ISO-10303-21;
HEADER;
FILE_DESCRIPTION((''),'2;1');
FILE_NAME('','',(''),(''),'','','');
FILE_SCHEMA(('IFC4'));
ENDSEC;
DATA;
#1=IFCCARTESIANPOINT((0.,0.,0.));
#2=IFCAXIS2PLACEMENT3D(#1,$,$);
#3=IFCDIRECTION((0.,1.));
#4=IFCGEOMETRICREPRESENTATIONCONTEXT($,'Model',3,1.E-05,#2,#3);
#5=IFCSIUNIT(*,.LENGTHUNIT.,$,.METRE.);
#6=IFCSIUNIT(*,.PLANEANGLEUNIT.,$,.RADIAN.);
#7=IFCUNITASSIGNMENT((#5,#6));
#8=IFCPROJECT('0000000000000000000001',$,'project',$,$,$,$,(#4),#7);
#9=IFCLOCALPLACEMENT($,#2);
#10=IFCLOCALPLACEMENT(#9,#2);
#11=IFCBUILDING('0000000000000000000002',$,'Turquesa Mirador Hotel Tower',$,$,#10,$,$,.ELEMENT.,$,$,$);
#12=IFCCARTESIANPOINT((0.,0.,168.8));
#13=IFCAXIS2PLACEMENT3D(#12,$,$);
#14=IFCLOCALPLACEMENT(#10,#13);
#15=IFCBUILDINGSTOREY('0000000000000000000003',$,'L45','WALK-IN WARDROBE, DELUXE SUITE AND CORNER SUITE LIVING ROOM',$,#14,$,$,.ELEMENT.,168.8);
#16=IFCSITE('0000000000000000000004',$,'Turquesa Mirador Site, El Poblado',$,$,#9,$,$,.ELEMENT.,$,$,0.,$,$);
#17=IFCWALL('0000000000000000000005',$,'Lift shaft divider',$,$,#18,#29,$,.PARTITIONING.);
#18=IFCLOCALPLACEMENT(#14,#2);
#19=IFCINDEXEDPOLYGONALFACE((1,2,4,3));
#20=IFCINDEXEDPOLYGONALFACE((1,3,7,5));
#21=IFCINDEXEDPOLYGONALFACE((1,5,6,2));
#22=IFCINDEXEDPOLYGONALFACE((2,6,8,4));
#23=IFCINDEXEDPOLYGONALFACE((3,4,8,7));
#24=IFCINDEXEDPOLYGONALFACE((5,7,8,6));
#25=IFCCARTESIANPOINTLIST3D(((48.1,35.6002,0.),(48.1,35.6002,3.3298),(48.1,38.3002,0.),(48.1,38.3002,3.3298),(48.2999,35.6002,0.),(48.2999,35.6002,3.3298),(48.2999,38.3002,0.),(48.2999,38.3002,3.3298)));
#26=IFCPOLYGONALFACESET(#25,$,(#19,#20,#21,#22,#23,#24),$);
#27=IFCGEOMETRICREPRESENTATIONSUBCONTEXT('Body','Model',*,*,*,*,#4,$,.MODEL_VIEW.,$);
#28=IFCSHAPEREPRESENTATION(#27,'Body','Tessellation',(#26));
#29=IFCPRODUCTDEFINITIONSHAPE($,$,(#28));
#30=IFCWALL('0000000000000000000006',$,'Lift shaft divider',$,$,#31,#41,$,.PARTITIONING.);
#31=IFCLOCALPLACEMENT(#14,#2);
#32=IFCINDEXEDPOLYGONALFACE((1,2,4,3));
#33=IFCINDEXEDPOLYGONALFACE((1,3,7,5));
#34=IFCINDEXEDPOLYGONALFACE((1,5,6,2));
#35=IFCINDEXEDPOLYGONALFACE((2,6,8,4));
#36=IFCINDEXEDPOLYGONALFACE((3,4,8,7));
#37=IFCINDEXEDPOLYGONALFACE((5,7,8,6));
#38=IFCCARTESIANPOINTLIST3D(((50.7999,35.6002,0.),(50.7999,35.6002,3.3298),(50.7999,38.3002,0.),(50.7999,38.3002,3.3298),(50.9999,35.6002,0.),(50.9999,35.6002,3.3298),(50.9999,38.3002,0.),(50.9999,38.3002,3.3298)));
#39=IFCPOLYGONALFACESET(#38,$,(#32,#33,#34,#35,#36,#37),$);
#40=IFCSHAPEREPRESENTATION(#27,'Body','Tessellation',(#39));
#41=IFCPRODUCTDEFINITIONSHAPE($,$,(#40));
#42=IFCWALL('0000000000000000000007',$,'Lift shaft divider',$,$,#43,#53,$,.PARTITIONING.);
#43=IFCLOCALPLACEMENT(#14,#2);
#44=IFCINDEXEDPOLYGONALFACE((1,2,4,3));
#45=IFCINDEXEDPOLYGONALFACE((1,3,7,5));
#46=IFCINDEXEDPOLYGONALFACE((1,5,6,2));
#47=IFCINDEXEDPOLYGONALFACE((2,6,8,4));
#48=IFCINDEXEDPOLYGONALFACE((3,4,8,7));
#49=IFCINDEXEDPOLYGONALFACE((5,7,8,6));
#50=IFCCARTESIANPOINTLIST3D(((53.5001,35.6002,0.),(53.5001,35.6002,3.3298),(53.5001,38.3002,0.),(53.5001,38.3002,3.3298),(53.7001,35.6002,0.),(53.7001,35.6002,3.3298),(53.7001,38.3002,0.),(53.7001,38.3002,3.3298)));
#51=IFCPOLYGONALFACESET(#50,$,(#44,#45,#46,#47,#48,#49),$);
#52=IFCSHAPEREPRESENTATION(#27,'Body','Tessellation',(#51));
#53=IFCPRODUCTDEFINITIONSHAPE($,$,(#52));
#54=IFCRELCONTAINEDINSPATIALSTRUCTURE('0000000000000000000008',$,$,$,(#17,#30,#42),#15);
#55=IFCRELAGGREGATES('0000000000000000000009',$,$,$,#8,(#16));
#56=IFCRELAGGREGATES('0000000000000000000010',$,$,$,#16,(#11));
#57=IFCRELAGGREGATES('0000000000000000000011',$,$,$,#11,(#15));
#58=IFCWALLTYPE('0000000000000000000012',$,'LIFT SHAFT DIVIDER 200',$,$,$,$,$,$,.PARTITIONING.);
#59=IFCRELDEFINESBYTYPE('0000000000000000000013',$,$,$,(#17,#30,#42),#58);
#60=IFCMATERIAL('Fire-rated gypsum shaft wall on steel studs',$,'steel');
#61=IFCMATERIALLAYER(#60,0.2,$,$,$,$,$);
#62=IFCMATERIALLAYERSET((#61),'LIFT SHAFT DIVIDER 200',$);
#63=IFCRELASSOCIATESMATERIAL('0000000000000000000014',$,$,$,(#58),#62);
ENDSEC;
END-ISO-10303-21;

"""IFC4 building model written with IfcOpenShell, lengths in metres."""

from ifc_helpers import new_model, si_unit, direction, frame, frame_2d, origin, place, context, subcontext, project, spatial, rectangle, extrude, material, layer, layer_set, type_object, element, save


model = new_model("IFC4")

# Units and contexts
model_context = context("Model", 3, precision=1e-05, world=origin(), true_north=direction((0.0, 1.0)))
body_context = subcontext(model_context, "Body", "Model", "MODEL_VIEW")
ifc_project = project(units=[si_unit("LENGTHUNIT", "METRE"), si_unit("PLANEANGLEUNIT", "RADIAN")], contexts=[model_context])

# Site, building, storey
site_placement = place(None, origin())
site = spatial("IfcSite", under=ifc_project, at=site_placement, Name="Turquesa Mirador Site, El Poblado", CompositionType="ELEMENT", RefElevation=0.0)
building_placement = place(site_placement, origin())
building = spatial("IfcBuilding", under=site, at=building_placement, Name="Turquesa Mirador Hotel Tower", CompositionType="ELEMENT")
storey_placement = place(building_placement, frame((0.0, 0.0, 168.8)))
storey = spatial("IfcBuildingStorey", under=building, at=storey_placement, Name="L45", Description="WALK-IN WARDROBE, DELUXE SUITE AND CORNER SUITE LIVING ROOM", CompositionType="ELEMENT", Elevation=168.8)

# Walls
ifc_material_1 = material(Name="Fire-rated gypsum shaft wall on steel studs", Category="steel")
ifc_layer_1 = layer(ifc_material_1, 0.2)
ifc_layer_set_1 = layer_set([ifc_layer_1], Name="LIFT SHAFT DIVIDER 200")
wall_type_1 = type_object("IfcWallType", Name="LIFT SHAFT DIVIDER 200", PredefinedType="PARTITIONING", material=ifc_layer_set_1)
for number, where, z_axis, x_axis, name in (
    (1, (48.2, 35.6001, 0.0), (0.0, 0.0, 1.0), (0.0, 1.0, 0.0), "Lift shaft divider"),
    (2, (50.8999, 35.6001, 0.0), (0.0, 0.0, 1.0), (0.0, 1.0, 0.0), "Lift shaft divider"),
    (3, (53.6001, 35.6001, 0.0), (0.0, 0.0, 1.0), (0.0, 1.0, 0.0), "Lift shaft divider"),
):
    element("IfcWall", number, at=place(storey_placement, frame(where, z_axis=z_axis, x_axis=x_axis)), inside=storey, type_object=wall_type_1, Name=name, PredefinedType="PARTITIONING", context=body_context, shape_type="SweptSolid", body=[
        extrude(rectangle(XDim=2.7, YDim=0.2, at=frame_2d((1.3501, 0.0))), origin(), (0.0, 0.0, 1.0), 3.3298),
    ])

save(model, "model.ifc")
